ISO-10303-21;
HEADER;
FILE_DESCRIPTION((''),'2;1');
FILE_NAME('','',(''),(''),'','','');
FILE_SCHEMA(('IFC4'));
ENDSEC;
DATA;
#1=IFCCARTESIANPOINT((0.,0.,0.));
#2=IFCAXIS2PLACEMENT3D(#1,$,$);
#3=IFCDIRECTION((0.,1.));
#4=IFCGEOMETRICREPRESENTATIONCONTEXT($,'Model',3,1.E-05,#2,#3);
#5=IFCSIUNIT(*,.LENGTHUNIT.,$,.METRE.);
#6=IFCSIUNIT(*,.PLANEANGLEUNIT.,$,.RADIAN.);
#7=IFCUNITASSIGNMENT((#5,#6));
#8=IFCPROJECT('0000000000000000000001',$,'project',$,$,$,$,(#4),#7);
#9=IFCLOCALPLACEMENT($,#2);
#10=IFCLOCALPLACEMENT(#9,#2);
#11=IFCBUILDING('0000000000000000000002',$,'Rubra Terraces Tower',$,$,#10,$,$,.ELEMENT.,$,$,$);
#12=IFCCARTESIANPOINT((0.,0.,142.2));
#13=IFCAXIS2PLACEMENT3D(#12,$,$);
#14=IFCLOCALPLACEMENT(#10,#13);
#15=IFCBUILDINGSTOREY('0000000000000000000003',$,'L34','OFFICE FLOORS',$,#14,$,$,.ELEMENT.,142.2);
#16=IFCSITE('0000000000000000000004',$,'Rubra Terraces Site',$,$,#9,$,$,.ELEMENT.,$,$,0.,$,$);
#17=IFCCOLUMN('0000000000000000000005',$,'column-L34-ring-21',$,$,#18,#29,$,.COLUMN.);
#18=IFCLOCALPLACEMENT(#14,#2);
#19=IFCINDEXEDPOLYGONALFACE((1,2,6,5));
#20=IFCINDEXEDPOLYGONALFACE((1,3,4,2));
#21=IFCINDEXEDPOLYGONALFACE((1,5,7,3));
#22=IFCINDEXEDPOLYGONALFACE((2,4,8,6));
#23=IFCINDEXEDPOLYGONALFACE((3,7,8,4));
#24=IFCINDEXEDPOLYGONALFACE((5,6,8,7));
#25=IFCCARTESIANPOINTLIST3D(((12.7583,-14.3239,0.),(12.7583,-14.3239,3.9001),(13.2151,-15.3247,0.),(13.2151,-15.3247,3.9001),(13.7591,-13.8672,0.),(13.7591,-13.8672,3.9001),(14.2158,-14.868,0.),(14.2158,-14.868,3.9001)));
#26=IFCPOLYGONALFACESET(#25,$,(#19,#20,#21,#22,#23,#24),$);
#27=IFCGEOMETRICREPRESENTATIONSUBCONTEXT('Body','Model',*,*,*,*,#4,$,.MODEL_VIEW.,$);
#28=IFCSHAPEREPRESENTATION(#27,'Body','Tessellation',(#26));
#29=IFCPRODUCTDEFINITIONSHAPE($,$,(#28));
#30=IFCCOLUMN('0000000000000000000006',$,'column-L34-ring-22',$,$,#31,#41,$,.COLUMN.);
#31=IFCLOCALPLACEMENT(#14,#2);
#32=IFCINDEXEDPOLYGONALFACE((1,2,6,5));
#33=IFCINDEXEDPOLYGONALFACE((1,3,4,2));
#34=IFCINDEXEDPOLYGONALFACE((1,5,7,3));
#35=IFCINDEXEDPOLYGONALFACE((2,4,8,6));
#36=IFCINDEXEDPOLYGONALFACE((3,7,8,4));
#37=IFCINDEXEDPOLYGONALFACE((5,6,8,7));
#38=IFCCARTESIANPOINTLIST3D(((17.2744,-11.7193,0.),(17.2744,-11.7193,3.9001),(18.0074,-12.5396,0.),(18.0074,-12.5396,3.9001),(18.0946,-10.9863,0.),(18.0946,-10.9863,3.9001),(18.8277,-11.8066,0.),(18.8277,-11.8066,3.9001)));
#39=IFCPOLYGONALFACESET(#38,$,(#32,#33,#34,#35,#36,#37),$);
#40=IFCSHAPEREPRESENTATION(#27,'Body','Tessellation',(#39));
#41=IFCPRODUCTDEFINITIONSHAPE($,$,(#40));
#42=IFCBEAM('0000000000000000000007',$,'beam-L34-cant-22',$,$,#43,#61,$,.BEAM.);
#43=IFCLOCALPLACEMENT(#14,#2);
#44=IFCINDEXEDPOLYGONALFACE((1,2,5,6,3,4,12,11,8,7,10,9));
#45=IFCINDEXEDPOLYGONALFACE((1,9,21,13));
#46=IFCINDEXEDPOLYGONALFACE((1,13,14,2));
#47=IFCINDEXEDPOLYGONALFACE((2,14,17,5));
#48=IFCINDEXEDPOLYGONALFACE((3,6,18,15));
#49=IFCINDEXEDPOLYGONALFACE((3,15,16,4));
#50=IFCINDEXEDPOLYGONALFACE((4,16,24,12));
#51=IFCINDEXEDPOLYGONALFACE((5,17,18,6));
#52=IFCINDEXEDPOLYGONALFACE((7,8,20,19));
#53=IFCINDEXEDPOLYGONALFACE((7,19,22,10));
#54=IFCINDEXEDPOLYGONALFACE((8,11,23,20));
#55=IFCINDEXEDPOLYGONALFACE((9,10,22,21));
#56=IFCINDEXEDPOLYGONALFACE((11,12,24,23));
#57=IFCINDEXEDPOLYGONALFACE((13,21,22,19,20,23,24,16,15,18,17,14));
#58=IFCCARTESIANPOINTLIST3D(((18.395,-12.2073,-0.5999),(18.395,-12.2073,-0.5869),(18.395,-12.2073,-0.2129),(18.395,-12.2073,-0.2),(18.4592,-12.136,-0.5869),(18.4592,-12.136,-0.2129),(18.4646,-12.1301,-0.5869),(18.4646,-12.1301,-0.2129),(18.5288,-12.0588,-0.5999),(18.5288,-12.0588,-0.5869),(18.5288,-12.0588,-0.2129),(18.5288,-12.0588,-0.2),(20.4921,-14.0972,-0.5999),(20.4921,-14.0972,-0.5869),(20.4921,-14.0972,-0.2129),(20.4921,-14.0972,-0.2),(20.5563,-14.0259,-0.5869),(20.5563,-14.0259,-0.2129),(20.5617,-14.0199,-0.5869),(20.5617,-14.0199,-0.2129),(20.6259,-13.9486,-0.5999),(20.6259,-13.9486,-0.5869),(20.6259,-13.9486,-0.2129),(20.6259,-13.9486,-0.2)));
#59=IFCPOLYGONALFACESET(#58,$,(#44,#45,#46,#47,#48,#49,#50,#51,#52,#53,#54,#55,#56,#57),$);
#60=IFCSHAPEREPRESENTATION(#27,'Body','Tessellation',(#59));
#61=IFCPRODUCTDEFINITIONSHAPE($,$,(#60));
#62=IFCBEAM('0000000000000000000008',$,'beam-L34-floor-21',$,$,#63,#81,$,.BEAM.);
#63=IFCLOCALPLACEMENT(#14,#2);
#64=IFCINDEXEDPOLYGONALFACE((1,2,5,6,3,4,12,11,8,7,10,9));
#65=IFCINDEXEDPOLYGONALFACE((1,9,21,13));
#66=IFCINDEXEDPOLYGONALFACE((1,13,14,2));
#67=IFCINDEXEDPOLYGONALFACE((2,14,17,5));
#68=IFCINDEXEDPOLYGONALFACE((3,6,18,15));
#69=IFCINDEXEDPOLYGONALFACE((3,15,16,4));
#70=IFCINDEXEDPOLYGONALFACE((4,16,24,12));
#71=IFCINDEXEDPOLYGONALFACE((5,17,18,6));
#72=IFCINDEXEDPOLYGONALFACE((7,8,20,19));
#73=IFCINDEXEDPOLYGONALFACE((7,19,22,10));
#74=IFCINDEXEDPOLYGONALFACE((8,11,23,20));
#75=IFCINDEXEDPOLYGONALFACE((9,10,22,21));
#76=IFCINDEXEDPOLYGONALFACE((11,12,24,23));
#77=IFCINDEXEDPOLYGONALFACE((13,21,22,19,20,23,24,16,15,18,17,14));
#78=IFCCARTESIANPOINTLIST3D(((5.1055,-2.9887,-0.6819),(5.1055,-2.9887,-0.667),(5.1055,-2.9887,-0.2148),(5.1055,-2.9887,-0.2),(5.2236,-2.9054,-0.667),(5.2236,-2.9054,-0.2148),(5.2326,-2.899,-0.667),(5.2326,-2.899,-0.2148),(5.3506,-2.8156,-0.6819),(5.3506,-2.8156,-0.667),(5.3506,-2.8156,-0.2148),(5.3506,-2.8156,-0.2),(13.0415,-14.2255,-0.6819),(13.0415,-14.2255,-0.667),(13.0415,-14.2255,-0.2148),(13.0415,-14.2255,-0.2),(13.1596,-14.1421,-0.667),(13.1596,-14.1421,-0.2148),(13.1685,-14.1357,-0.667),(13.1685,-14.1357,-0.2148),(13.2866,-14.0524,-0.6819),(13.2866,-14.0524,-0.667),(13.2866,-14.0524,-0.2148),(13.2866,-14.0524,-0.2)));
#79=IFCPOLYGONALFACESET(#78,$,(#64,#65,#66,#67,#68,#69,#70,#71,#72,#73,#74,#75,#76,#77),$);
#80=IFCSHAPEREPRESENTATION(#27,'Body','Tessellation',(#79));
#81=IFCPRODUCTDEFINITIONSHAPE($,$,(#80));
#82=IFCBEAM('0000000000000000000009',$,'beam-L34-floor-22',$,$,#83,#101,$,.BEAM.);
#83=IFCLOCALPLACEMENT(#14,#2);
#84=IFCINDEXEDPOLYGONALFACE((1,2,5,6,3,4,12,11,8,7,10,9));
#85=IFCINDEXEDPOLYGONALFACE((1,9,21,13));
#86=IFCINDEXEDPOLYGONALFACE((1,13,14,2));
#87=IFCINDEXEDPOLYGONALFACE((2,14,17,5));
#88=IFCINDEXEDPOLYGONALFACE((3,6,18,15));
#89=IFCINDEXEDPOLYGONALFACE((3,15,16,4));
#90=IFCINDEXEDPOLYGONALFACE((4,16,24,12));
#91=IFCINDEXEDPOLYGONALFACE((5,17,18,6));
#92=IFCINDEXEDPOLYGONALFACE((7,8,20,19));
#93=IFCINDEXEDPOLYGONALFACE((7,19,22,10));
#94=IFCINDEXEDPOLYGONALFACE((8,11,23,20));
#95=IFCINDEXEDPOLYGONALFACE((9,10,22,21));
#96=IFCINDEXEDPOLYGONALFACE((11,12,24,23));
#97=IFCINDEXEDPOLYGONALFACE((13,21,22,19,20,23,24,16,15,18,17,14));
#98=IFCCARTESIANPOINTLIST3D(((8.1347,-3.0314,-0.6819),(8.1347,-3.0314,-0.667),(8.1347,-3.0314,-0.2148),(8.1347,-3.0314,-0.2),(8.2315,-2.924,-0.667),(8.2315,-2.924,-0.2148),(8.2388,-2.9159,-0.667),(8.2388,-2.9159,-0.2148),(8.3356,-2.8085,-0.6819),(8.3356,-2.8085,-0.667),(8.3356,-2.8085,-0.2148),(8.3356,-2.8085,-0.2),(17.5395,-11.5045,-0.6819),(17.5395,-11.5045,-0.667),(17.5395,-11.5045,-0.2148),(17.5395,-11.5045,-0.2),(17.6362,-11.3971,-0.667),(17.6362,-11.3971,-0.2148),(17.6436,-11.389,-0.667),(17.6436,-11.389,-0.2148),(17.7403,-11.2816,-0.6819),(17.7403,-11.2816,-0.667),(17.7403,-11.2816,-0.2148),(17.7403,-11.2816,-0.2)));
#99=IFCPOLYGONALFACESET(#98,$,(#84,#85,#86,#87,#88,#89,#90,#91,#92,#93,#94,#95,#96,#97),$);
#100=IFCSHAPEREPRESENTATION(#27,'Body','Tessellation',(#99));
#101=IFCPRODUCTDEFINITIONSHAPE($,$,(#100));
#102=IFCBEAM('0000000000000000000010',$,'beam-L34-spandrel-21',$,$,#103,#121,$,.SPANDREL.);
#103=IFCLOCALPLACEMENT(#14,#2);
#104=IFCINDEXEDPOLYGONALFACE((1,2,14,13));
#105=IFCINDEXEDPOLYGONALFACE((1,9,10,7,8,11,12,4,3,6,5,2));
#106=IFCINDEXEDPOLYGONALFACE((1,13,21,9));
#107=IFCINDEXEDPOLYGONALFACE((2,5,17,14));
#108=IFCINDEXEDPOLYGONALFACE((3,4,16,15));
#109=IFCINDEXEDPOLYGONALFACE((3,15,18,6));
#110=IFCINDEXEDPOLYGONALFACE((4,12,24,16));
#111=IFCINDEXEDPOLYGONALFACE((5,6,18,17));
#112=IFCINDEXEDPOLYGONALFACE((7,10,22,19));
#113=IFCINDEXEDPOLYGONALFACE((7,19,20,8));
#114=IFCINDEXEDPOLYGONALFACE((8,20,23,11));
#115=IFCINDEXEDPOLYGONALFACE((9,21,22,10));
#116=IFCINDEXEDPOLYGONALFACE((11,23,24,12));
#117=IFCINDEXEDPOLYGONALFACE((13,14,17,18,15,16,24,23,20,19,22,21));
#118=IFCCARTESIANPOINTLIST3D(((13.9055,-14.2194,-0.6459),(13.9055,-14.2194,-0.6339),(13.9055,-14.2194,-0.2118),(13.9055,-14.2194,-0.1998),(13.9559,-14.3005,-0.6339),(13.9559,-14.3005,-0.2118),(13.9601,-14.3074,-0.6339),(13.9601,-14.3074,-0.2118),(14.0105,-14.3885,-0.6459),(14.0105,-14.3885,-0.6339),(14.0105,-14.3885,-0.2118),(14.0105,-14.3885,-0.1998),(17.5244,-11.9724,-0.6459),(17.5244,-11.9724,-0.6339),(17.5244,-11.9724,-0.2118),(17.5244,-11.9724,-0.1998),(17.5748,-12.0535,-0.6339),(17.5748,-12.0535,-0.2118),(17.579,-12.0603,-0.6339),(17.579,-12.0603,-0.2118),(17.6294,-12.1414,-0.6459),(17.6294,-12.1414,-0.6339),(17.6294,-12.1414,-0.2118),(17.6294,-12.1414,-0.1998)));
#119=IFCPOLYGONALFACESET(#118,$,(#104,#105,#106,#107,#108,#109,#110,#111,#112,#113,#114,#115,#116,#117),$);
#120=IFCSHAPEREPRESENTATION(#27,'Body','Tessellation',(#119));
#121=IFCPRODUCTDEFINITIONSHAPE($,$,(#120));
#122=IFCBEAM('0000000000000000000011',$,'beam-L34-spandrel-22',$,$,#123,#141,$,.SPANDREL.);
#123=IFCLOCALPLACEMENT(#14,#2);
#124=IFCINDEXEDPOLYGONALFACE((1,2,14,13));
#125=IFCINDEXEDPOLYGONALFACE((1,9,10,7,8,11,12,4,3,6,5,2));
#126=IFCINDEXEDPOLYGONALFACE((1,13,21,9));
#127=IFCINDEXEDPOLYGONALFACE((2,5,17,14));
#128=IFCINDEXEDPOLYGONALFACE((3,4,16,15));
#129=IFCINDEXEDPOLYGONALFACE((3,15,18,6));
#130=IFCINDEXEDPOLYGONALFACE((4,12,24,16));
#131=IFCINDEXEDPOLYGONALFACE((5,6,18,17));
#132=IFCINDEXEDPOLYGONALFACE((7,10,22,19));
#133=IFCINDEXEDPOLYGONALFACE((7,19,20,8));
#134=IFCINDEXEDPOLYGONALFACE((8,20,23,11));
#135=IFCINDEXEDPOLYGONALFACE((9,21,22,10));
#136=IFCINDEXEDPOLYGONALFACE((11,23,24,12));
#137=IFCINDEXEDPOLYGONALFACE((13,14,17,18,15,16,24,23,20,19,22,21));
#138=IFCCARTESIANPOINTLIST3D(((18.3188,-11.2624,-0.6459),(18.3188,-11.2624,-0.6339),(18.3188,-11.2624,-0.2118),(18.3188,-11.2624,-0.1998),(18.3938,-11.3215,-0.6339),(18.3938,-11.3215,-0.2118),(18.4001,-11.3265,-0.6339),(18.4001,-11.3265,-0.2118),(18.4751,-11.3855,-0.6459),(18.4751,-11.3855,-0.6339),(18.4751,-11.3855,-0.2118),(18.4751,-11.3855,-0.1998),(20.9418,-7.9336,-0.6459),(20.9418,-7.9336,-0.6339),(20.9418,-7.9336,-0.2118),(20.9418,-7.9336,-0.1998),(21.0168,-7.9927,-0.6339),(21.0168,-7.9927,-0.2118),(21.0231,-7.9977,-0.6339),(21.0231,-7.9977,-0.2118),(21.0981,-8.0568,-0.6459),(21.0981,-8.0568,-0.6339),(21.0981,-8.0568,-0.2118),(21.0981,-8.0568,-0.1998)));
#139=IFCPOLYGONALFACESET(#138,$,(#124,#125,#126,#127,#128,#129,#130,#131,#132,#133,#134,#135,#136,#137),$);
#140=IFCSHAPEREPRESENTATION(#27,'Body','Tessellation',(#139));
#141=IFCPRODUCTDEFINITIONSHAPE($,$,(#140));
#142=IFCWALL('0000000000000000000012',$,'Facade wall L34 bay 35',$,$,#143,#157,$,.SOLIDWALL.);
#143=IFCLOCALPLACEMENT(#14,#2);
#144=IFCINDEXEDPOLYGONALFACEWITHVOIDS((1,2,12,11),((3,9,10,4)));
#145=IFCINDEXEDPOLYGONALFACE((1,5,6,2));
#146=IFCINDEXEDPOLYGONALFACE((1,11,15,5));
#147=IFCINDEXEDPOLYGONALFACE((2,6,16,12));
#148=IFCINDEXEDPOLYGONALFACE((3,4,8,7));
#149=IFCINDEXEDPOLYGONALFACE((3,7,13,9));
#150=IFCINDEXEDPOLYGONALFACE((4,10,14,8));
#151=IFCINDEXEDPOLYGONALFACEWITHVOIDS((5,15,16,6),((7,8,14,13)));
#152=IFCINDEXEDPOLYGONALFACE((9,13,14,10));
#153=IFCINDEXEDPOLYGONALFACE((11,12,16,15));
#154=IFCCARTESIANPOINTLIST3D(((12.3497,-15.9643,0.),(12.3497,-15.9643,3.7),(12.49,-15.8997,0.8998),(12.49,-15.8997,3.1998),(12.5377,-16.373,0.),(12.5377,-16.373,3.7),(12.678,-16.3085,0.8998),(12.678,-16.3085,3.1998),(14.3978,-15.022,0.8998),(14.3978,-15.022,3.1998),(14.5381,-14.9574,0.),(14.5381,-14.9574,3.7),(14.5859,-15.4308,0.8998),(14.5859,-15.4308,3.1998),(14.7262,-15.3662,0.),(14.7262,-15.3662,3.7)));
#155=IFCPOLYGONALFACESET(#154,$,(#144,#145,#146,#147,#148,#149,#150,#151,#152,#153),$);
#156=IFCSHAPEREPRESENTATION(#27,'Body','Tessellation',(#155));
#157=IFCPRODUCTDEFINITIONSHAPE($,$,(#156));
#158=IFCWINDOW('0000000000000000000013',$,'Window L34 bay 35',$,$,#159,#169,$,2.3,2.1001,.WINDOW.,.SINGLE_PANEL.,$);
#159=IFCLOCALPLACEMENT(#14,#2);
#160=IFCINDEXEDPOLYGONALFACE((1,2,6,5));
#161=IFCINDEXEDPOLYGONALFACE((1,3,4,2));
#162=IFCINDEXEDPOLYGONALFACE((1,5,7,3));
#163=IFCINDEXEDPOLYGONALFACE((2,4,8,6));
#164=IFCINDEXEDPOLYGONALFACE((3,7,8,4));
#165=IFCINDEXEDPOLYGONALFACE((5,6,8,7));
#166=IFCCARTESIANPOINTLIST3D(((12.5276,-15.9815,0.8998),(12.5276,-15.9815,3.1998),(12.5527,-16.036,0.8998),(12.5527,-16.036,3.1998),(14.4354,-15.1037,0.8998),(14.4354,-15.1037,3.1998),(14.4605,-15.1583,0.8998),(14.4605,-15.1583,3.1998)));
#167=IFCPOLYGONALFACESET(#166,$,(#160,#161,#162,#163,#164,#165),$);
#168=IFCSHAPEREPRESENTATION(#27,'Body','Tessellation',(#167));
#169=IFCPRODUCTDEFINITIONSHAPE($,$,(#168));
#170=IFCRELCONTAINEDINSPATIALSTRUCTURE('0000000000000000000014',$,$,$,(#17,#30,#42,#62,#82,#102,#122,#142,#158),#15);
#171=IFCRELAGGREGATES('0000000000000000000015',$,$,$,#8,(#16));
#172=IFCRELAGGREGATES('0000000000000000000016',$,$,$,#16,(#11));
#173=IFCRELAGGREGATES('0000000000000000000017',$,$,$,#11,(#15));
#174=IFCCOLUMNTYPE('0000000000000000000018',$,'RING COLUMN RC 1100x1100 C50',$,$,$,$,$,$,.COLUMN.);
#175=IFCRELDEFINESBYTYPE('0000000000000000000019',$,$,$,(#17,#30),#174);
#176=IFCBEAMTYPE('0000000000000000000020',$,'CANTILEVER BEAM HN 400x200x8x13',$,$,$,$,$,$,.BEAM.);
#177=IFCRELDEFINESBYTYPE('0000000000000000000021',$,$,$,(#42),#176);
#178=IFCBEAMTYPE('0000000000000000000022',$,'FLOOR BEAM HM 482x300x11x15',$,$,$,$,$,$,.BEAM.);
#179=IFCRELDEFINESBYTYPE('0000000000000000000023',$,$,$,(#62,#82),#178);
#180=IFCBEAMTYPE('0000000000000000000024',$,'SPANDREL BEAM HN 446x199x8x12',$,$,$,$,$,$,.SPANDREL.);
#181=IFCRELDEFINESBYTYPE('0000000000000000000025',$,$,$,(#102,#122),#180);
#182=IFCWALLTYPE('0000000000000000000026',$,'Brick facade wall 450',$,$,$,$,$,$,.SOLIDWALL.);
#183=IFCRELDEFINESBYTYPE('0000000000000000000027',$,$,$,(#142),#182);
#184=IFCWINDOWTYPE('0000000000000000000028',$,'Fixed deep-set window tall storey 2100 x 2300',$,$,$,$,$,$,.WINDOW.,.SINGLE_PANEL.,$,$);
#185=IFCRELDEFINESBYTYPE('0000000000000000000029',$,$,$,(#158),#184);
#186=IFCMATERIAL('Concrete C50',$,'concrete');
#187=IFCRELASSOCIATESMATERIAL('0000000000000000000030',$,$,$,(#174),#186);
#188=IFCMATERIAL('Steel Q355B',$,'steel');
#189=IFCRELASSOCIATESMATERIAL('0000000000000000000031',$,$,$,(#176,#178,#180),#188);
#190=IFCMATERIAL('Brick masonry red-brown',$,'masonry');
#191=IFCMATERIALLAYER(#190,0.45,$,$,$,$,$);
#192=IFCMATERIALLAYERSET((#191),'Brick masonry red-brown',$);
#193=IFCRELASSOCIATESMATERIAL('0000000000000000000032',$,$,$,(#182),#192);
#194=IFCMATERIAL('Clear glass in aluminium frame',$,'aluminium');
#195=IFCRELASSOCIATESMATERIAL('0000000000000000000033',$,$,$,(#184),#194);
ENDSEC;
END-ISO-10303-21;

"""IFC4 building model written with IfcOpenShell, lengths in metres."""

from ifc_helpers import new_model, si_unit, direction, frame, frame_2d, origin, origin_2d, place, context, subcontext, project, spatial, rectangle, i_section, extrude, material, layer, layer_set, material_profile, profile_set, type_object, element, fill, save


model = new_model("IFC4")

# Units and contexts
model_context = context("Model", 3, precision=1e-05, world=origin(), true_north=direction((0.0, 1.0)))
body_context = subcontext(model_context, "Body", "Model", "MODEL_VIEW")
ifc_project = project(units=[si_unit("LENGTHUNIT", "METRE"), si_unit("PLANEANGLEUNIT", "RADIAN")], contexts=[model_context])

# Site, building, storey
site_placement = place(None, origin())
site = spatial("IfcSite", under=ifc_project, at=site_placement, Name="Rubra Terraces Site", CompositionType="ELEMENT", RefElevation=0.0)
building_placement = place(site_placement, origin())
building = spatial("IfcBuilding", under=site, at=building_placement, Name="Rubra Terraces Tower", CompositionType="ELEMENT")
storey_placement = place(building_placement, frame((0.0, 0.0, 142.2)))
storey = spatial("IfcBuildingStorey", under=building, at=storey_placement, Name="L34", Description="OFFICE FLOORS", CompositionType="ELEMENT", Elevation=142.2)

# Columns
ifc_material_1 = material(Name="Concrete C50", Category="concrete")
ifc_material_profile_1 = material_profile(ifc_material_1, rectangle(XDim=1.1001, YDim=1.1001, at=origin_2d()), Name="RC 1100x1100")
ifc_profile_set_1 = profile_set([ifc_material_profile_1], Name="Concrete C50")
column_type = type_object("IfcColumnType", Name="RING COLUMN RC 1100x1100 C50", PredefinedType="COLUMN", material=ifc_profile_set_1)
for number, where, z_axis, x_axis, name in (
    (1, (13.4871, -14.5959, 0.0), (0.0, 0.0, 1.0), (0.909726, 0.415208, 0.0), "column-L34-ring-21"),
    (2, (18.051, -11.7629, 0.0), (0.0, 0.0, 1.0), (0.745642, 0.666347, 0.0), "column-L34-ring-22"),
):
    element("IfcColumn", number, at=place(storey_placement, frame(where, z_axis=z_axis, x_axis=x_axis)), inside=storey, type_object=column_type, Name=name, PredefinedType="COLUMN", context=body_context, shape_type="SweptSolid", body=[
        extrude(rectangle(XDim=1.1001, YDim=1.1001, at=origin_2d()), origin(), (0.0, 0.0, 1.0), 3.9001),
    ])

# Beams
ifc_material_2 = material(Name="Steel Q355B", Category="steel")
ifc_material_profile_2 = material_profile(ifc_material_2, i_section(OverallWidth=0.2, OverallDepth=0.3999, WebThickness=0.0081, FlangeThickness=0.0129, at=origin_2d()), Name="HN 400x200x8x13")
ifc_profile_set_2 = profile_set([ifc_material_profile_2], Name="Steel Q355B")
beam_type_1 = type_object("IfcBeamType", Name="CANTILEVER BEAM HN 400x200x8x13", PredefinedType="BEAM", material=ifc_profile_set_2)
beam_1_placement = place(storey_placement, frame((18.4619, -12.1331, -0.3999), z_axis=(0.742864, -0.669442, 0.0), x_axis=(0.669442, 0.742864, 0.0)))
element("IfcBeam", 3, at=beam_1_placement, inside=storey, type_object=beam_type_1, Name="beam-L34-cant-22", PredefinedType="BEAM", context=body_context, shape_type="SweptSolid", body=[
    extrude(i_section(OverallWidth=0.2, OverallDepth=0.3999, WebThickness=0.0081, FlangeThickness=0.0129, at=origin_2d()), origin(), (0.0, 0.0, 1.0), 2.823),
])
ifc_material_profile_3 = material_profile(ifc_material_2, i_section(OverallWidth=0.3, OverallDepth=0.4819, WebThickness=0.011, FlangeThickness=0.0149, at=origin_2d()), Name="HM 482x300x11x15")
ifc_profile_set_3 = profile_set([ifc_material_profile_3], Name="Steel Q355B")
beam_type_2 = type_object("IfcBeamType", Name="FLOOR BEAM HM 482x300x11x15", PredefinedType="BEAM", material=ifc_profile_set_3)
beam_2_placement = place(storey_placement, frame((13.1641, -14.1389, -0.4409), z_axis=(-0.576885, 0.816825, 0.0), x_axis=(-0.816825, -0.576885, 0.0)))
element("IfcBeam", 4, at=beam_2_placement, inside=storey, type_object=beam_type_2, Name="beam-L34-floor-21", PredefinedType="BEAM", context=body_context, shape_type="SweptSolid", body=[
    extrude(i_section(OverallWidth=0.3, OverallDepth=0.4819, WebThickness=0.011, FlangeThickness=0.0149, at=origin_2d()), origin(), (0.0, 0.0, 1.0), 13.7566),
])
beam_3_placement = place(storey_placement, frame((17.6399, -11.3931, -0.4409), z_axis=(-0.742947, 0.66935, 0.0), x_axis=(-0.66935, -0.742947, 0.0)))
element("IfcBeam", 5, at=beam_3_placement, inside=storey, type_object=beam_type_2, Name="beam-L34-floor-22", PredefinedType="BEAM", context=body_context, shape_type="SweptSolid", body=[
    extrude(i_section(OverallWidth=0.3, OverallDepth=0.4819, WebThickness=0.011, FlangeThickness=0.0149, at=origin_2d()), origin(), (0.0, 0.0, 1.0), 12.6587),
])
ifc_material_profile_4 = material_profile(ifc_material_2, i_section(OverallWidth=0.199, OverallDepth=0.446, WebThickness=0.0081, FlangeThickness=0.012, at=origin_2d()), Name="HN 446x199x8x12")
ifc_profile_set_4 = profile_set([ifc_material_profile_4], Name="Steel Q355B")
beam_type_3 = type_object("IfcBeamType", Name="SPANDREL BEAM HN 446x199x8x12", PredefinedType="SPANDREL", material=ifc_profile_set_4)
beam_4_placement = place(storey_placement, frame((13.958, -14.304, -0.4229), z_axis=(0.84955, 0.527508, 0.0), x_axis=(-0.527508, 0.84955, 0.0)))
element("IfcBeam", 6, at=beam_4_placement, inside=storey, type_object=beam_type_3, Name="beam-L34-spandrel-21", PredefinedType="SPANDREL", context=body_context, shape_type="SweptSolid", body=[
    extrude(i_section(OverallWidth=0.199, OverallDepth=0.446, WebThickness=0.0081, FlangeThickness=0.012, at=origin_2d()), origin(), (0.0, 0.0, 1.0), 4.2598),
])
beam_5_placement = place(storey_placement, frame((18.397, -11.324, -0.4229), z_axis=(0.618917, 0.785456, 0.0), x_axis=(-0.785456, 0.618917, 0.0)))
element("IfcBeam", 7, at=beam_5_placement, inside=storey, type_object=beam_type_3, Name="beam-L34-spandrel-22", PredefinedType="SPANDREL", context=body_context, shape_type="SweptSolid", body=[
    extrude(i_section(OverallWidth=0.199, OverallDepth=0.446, WebThickness=0.0081, FlangeThickness=0.012, at=origin_2d()), origin(), (0.0, 0.0, 1.0), 4.238),
])

# Wall, opening, window
ifc_material_3 = material(Name="Brick masonry red-brown", Category="masonry")
ifc_layer_1 = layer(ifc_material_3, 0.45)
ifc_layer_set_1 = layer_set([ifc_layer_1], Name="Brick masonry red-brown")
wall_type_1 = type_object("IfcWallType", Name="Brick facade wall 450", PredefinedType="SOLIDWALL", material=ifc_layer_set_1)
wall_1_placement = place(storey_placement, frame((12.4436, -16.1687, 0.0), z_axis=(0.0, 0.0, 1.0), x_axis=(0.908469, 0.417952, 0.0)))
wall_1 = element("IfcWall", 8, at=wall_1_placement, inside=storey, type_object=wall_type_1, Name="Facade wall L34 bay 35", PredefinedType="SOLIDWALL", context=body_context, shape_type="SweptSolid", body=[
    extrude(rectangle(XDim=2.4089, YDim=0.45, at=frame_2d((1.2046, 0.0))), origin(), (0.0, 0.0, 1.0), 3.7),
])
opening_1_placement = place(wall_1_placement, frame((0.1545, 0.0, 0.8999)))
opening_1 = element("IfcOpeningElement", 9, at=opening_1_placement, cuts=wall_1, PredefinedType="OPENING", context=body_context, shape_type="SweptSolid", body=[
    extrude(rectangle(XDim=2.1001, YDim=2.3, at=frame_2d((1.05, 1.1499))), frame((0.0, 0.2349, 0.0), z_axis=(0.0, -1.0, 0.0), x_axis=(1.0, 0.0, 0.0)), (0.0, 0.0, 1.0), 0.47),
])
ifc_material_4 = material(Name="Clear glass in aluminium frame", Category="aluminium")
window_type = type_object("IfcWindowType", Name="Fixed deep-set window tall storey 2100 x 2300", PartitioningType="SINGLE_PANEL", PredefinedType="WINDOW", material=ifc_material_4)
window_1_placement = place(opening_1_placement, origin())
window_1 = element("IfcWindow", 10, at=window_1_placement, inside=storey, type_object=window_type, Name="Window L34 bay 35", OverallHeight=2.3, OverallWidth=2.1001, PartitioningType="SINGLE_PANEL", PredefinedType="WINDOW", context=body_context, shape_type="SweptSolid", body=[
    extrude(rectangle(XDim=2.1001, YDim=2.3, at=frame_2d((1.05, 1.1499))), frame((0.0, 0.135, 0.0), z_axis=(0.0, -1.0, 0.0), x_axis=(1.0, 0.0, 0.0)), (0.0, 0.0, 1.0), 0.0601),
])
fill(opening_1, window_1)

save(model, "model.ifc")
